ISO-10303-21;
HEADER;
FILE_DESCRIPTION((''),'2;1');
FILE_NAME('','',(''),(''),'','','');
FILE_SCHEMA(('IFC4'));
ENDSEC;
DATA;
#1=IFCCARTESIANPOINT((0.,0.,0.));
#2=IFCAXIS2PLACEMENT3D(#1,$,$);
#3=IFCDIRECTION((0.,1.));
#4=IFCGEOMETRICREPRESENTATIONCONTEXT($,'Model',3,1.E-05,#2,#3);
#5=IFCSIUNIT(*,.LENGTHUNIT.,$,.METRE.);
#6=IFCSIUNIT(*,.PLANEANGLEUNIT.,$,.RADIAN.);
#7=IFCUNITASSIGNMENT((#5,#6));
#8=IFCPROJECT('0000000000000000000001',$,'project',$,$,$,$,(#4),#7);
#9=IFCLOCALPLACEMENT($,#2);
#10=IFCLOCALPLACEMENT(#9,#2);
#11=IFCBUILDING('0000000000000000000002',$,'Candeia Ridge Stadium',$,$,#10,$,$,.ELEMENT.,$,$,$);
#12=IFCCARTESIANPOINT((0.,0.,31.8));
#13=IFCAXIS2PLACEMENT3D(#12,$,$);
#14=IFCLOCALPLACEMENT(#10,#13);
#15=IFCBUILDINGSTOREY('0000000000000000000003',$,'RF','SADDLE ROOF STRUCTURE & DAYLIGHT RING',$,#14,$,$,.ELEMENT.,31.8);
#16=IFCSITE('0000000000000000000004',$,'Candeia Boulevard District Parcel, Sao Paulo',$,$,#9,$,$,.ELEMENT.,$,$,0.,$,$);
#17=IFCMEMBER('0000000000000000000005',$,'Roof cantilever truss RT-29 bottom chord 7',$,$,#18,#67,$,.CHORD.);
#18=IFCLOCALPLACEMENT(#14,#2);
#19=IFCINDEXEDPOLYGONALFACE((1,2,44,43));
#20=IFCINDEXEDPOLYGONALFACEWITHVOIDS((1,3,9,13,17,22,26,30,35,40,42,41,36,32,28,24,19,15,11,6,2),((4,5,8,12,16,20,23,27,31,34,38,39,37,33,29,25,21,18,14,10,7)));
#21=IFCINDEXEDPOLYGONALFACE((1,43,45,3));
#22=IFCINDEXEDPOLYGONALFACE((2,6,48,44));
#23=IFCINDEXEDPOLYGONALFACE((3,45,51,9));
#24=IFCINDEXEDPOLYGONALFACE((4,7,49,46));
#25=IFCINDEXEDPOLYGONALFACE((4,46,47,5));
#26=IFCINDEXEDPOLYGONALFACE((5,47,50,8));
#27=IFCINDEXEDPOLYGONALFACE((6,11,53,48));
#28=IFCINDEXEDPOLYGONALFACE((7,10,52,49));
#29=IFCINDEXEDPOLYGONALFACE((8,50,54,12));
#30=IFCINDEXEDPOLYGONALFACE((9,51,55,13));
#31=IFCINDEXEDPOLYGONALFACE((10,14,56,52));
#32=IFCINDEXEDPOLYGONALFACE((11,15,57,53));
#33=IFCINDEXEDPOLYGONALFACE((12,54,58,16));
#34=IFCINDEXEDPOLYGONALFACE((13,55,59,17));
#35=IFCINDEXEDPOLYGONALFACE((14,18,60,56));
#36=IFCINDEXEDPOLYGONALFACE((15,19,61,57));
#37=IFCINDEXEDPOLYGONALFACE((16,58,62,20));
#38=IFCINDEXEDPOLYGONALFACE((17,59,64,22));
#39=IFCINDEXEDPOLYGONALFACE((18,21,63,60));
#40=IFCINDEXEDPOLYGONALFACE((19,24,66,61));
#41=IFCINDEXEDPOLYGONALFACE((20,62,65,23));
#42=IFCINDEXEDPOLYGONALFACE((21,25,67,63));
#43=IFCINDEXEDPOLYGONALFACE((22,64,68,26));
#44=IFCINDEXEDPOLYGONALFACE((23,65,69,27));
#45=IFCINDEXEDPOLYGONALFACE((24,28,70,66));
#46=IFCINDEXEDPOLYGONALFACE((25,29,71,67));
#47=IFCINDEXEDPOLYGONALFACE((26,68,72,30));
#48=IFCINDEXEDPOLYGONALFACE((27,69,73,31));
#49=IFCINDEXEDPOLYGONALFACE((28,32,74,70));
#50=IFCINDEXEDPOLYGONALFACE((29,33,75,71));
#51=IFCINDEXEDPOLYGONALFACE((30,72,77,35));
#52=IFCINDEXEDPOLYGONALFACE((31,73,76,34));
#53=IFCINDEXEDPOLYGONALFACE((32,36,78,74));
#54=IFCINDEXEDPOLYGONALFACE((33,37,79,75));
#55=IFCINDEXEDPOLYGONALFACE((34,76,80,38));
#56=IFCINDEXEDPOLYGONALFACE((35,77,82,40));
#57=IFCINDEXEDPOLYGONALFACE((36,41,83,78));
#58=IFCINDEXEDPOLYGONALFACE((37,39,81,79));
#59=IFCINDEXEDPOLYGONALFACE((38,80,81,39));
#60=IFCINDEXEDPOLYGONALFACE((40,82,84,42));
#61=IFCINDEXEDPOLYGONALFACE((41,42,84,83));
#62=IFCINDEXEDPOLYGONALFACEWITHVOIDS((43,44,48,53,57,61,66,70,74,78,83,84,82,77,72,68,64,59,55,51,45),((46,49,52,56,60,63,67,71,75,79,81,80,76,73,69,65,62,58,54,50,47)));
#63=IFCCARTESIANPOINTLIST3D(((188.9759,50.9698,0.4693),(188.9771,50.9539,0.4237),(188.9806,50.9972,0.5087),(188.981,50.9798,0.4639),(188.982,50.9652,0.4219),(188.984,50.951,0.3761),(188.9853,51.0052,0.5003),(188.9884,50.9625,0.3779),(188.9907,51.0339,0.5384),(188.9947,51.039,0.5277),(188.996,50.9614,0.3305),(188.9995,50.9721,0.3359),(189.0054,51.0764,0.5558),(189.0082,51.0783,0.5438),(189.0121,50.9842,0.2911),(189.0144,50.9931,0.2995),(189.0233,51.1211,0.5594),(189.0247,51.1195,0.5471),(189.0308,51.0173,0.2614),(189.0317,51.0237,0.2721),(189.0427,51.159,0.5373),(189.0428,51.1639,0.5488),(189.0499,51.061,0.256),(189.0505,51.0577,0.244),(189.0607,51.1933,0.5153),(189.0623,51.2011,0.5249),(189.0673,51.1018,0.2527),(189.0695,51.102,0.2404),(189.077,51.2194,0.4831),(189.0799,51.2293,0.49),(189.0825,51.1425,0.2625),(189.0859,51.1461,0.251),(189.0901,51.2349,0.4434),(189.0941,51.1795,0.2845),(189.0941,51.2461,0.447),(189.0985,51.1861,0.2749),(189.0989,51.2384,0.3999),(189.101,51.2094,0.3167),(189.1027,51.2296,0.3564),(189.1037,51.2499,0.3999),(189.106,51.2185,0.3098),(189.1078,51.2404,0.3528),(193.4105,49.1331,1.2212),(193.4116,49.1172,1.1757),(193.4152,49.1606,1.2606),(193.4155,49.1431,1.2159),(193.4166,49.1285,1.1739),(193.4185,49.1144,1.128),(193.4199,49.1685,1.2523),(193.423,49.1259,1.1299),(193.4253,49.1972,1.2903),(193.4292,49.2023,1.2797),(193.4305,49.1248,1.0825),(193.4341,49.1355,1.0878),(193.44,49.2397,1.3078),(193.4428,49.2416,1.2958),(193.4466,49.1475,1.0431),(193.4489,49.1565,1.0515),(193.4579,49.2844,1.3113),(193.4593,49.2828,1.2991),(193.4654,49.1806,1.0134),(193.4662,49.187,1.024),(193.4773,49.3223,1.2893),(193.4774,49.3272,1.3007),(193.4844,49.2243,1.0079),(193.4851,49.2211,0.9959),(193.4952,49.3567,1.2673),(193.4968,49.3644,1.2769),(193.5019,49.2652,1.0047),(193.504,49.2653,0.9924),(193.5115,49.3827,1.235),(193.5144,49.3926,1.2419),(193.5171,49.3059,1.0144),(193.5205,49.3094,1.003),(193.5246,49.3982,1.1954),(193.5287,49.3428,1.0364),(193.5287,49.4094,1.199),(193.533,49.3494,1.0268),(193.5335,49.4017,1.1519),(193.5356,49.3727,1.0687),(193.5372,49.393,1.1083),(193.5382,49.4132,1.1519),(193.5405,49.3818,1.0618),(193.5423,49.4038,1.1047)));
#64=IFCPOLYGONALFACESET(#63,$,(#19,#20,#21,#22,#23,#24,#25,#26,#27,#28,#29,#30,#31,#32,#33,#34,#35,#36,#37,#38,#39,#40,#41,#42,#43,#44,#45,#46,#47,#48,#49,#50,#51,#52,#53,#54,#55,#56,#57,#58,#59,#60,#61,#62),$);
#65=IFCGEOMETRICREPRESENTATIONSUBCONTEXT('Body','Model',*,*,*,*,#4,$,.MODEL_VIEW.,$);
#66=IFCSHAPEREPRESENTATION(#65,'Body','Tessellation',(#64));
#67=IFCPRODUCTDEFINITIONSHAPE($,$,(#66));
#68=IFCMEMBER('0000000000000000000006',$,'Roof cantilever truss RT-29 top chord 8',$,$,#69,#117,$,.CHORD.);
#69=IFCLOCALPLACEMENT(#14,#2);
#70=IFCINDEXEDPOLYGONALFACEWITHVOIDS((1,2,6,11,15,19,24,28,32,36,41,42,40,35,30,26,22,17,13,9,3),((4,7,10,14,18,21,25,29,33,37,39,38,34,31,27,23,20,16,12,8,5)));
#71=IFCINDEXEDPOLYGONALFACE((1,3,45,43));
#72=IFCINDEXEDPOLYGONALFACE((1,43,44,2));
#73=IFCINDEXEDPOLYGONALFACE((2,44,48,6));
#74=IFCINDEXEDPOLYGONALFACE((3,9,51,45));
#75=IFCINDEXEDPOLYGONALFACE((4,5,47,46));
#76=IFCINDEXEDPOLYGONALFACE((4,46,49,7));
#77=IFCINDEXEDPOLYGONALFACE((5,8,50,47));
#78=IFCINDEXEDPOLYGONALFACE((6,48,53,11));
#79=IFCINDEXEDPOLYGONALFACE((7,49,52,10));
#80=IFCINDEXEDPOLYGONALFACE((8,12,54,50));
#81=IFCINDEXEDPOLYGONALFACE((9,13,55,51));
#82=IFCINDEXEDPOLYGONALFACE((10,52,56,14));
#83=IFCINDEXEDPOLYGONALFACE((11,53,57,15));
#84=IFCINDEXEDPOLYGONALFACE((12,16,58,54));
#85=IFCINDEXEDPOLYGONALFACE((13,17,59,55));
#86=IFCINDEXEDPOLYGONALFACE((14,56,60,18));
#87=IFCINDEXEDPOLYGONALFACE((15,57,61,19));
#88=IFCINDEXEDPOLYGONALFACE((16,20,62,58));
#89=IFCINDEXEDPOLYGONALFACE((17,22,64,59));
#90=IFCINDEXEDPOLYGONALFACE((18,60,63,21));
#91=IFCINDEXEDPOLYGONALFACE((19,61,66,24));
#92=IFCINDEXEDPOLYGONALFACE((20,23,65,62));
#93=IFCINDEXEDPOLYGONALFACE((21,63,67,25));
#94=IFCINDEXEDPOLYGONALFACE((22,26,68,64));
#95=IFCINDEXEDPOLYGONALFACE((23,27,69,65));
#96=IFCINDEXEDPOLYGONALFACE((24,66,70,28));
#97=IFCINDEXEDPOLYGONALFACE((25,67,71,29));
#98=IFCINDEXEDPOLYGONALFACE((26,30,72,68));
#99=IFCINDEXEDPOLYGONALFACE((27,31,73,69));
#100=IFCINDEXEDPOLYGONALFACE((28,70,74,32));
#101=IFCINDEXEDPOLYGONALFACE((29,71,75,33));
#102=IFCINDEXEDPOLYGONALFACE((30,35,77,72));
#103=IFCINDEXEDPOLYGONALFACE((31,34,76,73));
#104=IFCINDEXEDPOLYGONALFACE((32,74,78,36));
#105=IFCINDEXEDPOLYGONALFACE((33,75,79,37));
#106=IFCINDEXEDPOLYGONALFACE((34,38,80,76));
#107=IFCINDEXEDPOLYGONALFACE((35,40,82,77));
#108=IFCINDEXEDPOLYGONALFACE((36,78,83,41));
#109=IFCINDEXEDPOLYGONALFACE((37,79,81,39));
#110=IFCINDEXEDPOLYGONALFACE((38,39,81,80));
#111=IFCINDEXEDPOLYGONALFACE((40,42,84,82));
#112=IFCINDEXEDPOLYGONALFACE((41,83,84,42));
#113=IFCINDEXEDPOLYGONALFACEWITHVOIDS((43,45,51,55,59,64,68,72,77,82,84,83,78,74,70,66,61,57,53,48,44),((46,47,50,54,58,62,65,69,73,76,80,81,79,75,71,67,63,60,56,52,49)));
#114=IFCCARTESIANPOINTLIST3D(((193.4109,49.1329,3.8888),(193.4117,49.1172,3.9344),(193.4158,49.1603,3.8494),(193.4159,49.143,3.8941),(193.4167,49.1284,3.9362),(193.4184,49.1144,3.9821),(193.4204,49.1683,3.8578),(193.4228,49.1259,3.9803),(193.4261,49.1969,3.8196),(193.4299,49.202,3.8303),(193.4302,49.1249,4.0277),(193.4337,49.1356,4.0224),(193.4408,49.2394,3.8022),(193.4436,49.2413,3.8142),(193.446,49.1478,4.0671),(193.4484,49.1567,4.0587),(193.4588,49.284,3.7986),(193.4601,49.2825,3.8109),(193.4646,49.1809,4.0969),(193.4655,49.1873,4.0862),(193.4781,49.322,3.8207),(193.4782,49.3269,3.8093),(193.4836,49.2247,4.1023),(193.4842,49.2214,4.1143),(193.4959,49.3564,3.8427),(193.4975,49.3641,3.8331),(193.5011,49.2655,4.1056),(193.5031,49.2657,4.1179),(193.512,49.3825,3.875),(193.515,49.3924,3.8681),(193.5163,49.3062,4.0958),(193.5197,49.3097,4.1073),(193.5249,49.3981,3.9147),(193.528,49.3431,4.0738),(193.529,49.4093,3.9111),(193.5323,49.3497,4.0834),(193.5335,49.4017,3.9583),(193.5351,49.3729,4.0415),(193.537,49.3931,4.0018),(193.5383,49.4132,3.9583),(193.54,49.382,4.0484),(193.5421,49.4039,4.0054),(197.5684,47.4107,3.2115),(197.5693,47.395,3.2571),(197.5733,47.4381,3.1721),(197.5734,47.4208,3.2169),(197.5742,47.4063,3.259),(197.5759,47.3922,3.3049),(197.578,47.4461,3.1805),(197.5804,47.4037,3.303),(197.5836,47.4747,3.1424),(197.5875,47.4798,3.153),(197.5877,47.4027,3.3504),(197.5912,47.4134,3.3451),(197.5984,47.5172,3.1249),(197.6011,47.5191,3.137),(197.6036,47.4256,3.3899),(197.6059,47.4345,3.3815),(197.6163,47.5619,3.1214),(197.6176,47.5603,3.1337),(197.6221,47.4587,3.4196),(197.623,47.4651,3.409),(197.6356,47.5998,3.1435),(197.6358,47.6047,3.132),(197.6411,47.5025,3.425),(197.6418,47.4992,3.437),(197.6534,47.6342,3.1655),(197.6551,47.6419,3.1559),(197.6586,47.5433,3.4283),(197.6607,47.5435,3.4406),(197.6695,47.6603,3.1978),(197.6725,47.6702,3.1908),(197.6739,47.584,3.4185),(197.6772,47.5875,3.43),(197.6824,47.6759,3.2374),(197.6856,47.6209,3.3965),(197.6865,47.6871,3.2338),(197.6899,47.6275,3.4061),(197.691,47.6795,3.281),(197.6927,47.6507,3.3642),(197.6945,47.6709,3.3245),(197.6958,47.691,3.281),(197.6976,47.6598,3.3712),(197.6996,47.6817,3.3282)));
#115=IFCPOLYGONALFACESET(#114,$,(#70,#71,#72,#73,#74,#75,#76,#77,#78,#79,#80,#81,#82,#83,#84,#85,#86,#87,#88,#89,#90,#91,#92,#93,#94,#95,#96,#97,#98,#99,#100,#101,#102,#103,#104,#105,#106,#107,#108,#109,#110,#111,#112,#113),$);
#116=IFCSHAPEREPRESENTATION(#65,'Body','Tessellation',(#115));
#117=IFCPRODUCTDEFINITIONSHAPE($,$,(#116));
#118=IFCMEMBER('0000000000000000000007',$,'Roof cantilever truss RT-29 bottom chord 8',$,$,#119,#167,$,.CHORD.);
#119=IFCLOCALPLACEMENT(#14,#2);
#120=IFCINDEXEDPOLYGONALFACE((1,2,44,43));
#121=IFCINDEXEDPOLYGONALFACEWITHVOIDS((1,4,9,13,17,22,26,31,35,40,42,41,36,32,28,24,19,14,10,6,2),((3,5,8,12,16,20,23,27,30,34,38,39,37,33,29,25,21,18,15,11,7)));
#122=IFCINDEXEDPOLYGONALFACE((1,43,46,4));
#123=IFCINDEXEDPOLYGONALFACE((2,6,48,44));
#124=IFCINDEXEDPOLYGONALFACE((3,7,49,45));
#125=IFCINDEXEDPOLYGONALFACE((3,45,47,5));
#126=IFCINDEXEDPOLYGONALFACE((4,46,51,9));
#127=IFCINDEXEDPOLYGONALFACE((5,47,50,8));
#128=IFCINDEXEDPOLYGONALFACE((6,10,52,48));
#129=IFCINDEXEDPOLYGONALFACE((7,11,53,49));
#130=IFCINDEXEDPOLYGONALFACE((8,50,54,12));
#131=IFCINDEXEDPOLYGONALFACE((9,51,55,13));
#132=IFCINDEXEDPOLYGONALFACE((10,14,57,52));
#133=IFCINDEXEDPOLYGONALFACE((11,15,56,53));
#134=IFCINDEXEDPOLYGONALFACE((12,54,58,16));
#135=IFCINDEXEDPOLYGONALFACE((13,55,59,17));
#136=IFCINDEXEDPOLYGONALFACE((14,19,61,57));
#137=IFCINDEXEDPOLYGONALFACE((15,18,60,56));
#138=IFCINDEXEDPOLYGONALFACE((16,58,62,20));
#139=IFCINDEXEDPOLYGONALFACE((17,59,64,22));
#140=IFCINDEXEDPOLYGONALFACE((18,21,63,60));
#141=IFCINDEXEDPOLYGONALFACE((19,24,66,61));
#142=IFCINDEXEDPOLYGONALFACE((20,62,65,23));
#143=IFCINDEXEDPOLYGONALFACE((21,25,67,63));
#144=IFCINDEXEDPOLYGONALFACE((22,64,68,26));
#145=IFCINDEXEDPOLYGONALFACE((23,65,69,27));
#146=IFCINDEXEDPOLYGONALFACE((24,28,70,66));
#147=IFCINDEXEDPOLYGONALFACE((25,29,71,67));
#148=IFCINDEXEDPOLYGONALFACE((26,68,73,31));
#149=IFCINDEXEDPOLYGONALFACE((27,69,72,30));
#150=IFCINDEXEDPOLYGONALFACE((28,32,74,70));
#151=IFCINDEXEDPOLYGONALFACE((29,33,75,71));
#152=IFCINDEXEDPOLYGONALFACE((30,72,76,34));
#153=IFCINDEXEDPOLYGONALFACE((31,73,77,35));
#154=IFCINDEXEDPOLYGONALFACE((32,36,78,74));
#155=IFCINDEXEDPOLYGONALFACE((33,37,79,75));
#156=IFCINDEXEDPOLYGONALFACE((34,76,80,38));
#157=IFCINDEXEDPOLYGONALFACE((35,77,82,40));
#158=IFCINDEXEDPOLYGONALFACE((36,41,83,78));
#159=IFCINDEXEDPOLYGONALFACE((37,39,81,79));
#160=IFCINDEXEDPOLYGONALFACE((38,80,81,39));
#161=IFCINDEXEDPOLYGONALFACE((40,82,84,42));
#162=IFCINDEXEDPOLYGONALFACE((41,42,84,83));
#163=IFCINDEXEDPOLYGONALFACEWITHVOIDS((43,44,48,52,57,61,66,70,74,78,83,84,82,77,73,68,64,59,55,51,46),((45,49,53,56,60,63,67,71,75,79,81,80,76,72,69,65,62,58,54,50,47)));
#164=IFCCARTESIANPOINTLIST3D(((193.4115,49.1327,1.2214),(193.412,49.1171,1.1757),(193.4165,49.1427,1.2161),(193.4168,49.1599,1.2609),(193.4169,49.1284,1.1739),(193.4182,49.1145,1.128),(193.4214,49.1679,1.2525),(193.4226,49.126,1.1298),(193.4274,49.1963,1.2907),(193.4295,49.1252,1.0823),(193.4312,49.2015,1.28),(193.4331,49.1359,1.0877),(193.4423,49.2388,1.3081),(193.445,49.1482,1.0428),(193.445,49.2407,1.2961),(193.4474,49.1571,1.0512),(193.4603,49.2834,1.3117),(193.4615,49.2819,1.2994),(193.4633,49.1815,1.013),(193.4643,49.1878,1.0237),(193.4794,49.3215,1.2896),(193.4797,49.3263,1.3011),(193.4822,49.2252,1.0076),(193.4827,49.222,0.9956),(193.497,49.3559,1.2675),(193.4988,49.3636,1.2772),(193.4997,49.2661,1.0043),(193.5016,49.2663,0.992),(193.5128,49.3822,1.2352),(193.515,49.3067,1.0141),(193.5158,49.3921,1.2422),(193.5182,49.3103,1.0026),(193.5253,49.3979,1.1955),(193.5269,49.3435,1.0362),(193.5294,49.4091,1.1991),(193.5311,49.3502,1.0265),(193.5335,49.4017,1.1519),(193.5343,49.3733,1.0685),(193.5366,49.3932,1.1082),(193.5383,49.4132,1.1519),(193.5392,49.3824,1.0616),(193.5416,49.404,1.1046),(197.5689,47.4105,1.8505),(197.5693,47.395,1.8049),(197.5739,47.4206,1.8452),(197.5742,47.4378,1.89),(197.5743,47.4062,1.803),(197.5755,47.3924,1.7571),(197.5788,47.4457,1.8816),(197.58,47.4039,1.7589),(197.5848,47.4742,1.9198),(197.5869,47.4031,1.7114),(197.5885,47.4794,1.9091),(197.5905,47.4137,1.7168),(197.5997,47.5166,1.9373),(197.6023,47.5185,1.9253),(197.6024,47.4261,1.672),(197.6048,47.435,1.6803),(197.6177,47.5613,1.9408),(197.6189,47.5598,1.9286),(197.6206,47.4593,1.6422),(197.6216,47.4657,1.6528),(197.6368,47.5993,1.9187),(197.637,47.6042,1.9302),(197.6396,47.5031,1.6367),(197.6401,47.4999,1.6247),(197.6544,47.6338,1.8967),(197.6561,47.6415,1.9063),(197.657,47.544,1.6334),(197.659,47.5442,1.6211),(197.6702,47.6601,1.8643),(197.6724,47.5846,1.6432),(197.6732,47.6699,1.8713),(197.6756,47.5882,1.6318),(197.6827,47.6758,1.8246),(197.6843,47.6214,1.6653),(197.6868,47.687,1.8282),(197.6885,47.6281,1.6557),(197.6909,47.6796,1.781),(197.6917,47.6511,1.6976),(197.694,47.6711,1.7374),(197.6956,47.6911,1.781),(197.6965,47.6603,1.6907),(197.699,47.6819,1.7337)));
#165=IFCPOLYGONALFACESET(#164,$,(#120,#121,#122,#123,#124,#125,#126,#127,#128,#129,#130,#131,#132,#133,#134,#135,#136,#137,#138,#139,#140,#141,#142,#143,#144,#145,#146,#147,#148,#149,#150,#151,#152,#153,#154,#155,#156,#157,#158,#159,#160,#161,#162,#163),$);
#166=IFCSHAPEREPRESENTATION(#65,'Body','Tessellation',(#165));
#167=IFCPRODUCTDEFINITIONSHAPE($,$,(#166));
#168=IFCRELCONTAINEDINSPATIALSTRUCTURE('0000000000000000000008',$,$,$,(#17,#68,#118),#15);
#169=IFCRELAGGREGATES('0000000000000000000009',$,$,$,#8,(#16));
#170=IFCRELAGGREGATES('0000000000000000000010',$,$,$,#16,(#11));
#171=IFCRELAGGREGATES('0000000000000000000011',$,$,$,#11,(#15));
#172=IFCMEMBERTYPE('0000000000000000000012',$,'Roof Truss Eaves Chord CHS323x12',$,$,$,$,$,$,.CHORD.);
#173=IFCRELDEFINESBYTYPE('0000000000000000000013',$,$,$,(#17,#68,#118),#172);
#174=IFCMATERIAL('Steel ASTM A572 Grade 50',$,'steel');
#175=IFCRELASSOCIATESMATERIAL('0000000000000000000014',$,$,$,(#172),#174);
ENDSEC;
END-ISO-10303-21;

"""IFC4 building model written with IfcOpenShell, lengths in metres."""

from ifc_helpers import new_model, si_unit, direction, frame, origin, origin_2d, place, context, subcontext, project, spatial, hollow_circle, extrude, material, material_profile, profile_set, type_object, element, save


model = new_model("IFC4")

# Units and contexts
model_context = context("Model", 3, precision=1e-05, world=origin(), true_north=direction((0.0, 1.0)))
body_context = subcontext(model_context, "Body", "Model", "MODEL_VIEW")
ifc_project = project(units=[si_unit("LENGTHUNIT", "METRE"), si_unit("PLANEANGLEUNIT", "RADIAN")], contexts=[model_context])

# Site, building, storey
site_placement = place(None, origin())
site = spatial("IfcSite", under=ifc_project, at=site_placement, Name="Candeia Boulevard District Parcel, Sao Paulo", CompositionType="ELEMENT", RefElevation=0.0)
building_placement = place(site_placement, origin())
building = spatial("IfcBuilding", under=site, at=building_placement, Name="Candeia Ridge Stadium", CompositionType="ELEMENT")
storey_placement = place(building_placement, frame((0.0, 0.0, 31.8)))
storey = spatial("IfcBuildingStorey", under=building, at=storey_placement, Name="RF", Description="SADDLE ROOF STRUCTURE & DAYLIGHT RING", CompositionType="ELEMENT", Elevation=31.8)

# Shared definitions
ifc_material = material(Name="Steel ASTM A572 Grade 50", Category="steel")

# Members
ifc_material_profile_1 = material_profile(ifc_material, hollow_circle(Radius=0.1619, WallThickness=0.0125, at=origin_2d()), Name="CHS323x12", Category="steel")
ifc_profile_set_1 = profile_set([ifc_material_profile_1], Name="Steel ASTM A572 Grade 50")
member_type_1 = type_object("IfcMemberType", Name="Roof Truss Eaves Chord CHS323x12", PredefinedType="CHORD", material=ifc_profile_set_1)
member_1_placement = place(storey_placement, frame((189.0417, 51.1003, 0.3999), z_axis=(0.912761, -0.378039, 0.154773), x_axis=(0.38265, 0.923893, 0.0)))
element("IfcMember", 1, at=member_1_placement, inside=storey, type_object=member_type_1, Name="Roof cantilever truss RT-29 bottom chord 7", PredefinedType="CHORD", context=body_context, shape_type="SweptSolid", body=[
    extrude(hollow_circle(Radius=0.1619, WallThickness=0.0125, at=origin_2d()), origin(), (0.0, 0.0, 1.0), 4.8584),
])
member_2_placement = place(storey_placement, frame((193.4763, 49.2637, 3.9583), z_axis=(0.913584, -0.378438, -0.148822), x_axis=(0.3827, 0.923873, 0.0)))
element("IfcMember", 2, at=member_2_placement, inside=storey, type_object=member_type_1, Name="Roof cantilever truss RT-29 top chord 8", PredefinedType="CHORD", context=body_context, shape_type="SweptSolid", body=[
    extrude(hollow_circle(Radius=0.1619, WallThickness=0.0125, at=origin_2d()), origin(), (0.0, 0.0, 1.0), 4.5508),
])
member_3_placement = place(storey_placement, frame((193.4763, 49.2637, 1.1519), z_axis=(0.914974, -0.379014, 0.138463), x_axis=(0.3827, 0.923873, 0.0)))
element("IfcMember", 3, at=member_3_placement, inside=storey, type_object=member_type_1, Name="Roof cantilever truss RT-29 bottom chord 8", PredefinedType="CHORD", context=body_context, shape_type="SweptSolid", body=[
    extrude(hollow_circle(Radius=0.1619, WallThickness=0.0125, at=origin_2d()), origin(), (0.0, 0.0, 1.0), 4.5437),
])

save(model, "model.ifc")
